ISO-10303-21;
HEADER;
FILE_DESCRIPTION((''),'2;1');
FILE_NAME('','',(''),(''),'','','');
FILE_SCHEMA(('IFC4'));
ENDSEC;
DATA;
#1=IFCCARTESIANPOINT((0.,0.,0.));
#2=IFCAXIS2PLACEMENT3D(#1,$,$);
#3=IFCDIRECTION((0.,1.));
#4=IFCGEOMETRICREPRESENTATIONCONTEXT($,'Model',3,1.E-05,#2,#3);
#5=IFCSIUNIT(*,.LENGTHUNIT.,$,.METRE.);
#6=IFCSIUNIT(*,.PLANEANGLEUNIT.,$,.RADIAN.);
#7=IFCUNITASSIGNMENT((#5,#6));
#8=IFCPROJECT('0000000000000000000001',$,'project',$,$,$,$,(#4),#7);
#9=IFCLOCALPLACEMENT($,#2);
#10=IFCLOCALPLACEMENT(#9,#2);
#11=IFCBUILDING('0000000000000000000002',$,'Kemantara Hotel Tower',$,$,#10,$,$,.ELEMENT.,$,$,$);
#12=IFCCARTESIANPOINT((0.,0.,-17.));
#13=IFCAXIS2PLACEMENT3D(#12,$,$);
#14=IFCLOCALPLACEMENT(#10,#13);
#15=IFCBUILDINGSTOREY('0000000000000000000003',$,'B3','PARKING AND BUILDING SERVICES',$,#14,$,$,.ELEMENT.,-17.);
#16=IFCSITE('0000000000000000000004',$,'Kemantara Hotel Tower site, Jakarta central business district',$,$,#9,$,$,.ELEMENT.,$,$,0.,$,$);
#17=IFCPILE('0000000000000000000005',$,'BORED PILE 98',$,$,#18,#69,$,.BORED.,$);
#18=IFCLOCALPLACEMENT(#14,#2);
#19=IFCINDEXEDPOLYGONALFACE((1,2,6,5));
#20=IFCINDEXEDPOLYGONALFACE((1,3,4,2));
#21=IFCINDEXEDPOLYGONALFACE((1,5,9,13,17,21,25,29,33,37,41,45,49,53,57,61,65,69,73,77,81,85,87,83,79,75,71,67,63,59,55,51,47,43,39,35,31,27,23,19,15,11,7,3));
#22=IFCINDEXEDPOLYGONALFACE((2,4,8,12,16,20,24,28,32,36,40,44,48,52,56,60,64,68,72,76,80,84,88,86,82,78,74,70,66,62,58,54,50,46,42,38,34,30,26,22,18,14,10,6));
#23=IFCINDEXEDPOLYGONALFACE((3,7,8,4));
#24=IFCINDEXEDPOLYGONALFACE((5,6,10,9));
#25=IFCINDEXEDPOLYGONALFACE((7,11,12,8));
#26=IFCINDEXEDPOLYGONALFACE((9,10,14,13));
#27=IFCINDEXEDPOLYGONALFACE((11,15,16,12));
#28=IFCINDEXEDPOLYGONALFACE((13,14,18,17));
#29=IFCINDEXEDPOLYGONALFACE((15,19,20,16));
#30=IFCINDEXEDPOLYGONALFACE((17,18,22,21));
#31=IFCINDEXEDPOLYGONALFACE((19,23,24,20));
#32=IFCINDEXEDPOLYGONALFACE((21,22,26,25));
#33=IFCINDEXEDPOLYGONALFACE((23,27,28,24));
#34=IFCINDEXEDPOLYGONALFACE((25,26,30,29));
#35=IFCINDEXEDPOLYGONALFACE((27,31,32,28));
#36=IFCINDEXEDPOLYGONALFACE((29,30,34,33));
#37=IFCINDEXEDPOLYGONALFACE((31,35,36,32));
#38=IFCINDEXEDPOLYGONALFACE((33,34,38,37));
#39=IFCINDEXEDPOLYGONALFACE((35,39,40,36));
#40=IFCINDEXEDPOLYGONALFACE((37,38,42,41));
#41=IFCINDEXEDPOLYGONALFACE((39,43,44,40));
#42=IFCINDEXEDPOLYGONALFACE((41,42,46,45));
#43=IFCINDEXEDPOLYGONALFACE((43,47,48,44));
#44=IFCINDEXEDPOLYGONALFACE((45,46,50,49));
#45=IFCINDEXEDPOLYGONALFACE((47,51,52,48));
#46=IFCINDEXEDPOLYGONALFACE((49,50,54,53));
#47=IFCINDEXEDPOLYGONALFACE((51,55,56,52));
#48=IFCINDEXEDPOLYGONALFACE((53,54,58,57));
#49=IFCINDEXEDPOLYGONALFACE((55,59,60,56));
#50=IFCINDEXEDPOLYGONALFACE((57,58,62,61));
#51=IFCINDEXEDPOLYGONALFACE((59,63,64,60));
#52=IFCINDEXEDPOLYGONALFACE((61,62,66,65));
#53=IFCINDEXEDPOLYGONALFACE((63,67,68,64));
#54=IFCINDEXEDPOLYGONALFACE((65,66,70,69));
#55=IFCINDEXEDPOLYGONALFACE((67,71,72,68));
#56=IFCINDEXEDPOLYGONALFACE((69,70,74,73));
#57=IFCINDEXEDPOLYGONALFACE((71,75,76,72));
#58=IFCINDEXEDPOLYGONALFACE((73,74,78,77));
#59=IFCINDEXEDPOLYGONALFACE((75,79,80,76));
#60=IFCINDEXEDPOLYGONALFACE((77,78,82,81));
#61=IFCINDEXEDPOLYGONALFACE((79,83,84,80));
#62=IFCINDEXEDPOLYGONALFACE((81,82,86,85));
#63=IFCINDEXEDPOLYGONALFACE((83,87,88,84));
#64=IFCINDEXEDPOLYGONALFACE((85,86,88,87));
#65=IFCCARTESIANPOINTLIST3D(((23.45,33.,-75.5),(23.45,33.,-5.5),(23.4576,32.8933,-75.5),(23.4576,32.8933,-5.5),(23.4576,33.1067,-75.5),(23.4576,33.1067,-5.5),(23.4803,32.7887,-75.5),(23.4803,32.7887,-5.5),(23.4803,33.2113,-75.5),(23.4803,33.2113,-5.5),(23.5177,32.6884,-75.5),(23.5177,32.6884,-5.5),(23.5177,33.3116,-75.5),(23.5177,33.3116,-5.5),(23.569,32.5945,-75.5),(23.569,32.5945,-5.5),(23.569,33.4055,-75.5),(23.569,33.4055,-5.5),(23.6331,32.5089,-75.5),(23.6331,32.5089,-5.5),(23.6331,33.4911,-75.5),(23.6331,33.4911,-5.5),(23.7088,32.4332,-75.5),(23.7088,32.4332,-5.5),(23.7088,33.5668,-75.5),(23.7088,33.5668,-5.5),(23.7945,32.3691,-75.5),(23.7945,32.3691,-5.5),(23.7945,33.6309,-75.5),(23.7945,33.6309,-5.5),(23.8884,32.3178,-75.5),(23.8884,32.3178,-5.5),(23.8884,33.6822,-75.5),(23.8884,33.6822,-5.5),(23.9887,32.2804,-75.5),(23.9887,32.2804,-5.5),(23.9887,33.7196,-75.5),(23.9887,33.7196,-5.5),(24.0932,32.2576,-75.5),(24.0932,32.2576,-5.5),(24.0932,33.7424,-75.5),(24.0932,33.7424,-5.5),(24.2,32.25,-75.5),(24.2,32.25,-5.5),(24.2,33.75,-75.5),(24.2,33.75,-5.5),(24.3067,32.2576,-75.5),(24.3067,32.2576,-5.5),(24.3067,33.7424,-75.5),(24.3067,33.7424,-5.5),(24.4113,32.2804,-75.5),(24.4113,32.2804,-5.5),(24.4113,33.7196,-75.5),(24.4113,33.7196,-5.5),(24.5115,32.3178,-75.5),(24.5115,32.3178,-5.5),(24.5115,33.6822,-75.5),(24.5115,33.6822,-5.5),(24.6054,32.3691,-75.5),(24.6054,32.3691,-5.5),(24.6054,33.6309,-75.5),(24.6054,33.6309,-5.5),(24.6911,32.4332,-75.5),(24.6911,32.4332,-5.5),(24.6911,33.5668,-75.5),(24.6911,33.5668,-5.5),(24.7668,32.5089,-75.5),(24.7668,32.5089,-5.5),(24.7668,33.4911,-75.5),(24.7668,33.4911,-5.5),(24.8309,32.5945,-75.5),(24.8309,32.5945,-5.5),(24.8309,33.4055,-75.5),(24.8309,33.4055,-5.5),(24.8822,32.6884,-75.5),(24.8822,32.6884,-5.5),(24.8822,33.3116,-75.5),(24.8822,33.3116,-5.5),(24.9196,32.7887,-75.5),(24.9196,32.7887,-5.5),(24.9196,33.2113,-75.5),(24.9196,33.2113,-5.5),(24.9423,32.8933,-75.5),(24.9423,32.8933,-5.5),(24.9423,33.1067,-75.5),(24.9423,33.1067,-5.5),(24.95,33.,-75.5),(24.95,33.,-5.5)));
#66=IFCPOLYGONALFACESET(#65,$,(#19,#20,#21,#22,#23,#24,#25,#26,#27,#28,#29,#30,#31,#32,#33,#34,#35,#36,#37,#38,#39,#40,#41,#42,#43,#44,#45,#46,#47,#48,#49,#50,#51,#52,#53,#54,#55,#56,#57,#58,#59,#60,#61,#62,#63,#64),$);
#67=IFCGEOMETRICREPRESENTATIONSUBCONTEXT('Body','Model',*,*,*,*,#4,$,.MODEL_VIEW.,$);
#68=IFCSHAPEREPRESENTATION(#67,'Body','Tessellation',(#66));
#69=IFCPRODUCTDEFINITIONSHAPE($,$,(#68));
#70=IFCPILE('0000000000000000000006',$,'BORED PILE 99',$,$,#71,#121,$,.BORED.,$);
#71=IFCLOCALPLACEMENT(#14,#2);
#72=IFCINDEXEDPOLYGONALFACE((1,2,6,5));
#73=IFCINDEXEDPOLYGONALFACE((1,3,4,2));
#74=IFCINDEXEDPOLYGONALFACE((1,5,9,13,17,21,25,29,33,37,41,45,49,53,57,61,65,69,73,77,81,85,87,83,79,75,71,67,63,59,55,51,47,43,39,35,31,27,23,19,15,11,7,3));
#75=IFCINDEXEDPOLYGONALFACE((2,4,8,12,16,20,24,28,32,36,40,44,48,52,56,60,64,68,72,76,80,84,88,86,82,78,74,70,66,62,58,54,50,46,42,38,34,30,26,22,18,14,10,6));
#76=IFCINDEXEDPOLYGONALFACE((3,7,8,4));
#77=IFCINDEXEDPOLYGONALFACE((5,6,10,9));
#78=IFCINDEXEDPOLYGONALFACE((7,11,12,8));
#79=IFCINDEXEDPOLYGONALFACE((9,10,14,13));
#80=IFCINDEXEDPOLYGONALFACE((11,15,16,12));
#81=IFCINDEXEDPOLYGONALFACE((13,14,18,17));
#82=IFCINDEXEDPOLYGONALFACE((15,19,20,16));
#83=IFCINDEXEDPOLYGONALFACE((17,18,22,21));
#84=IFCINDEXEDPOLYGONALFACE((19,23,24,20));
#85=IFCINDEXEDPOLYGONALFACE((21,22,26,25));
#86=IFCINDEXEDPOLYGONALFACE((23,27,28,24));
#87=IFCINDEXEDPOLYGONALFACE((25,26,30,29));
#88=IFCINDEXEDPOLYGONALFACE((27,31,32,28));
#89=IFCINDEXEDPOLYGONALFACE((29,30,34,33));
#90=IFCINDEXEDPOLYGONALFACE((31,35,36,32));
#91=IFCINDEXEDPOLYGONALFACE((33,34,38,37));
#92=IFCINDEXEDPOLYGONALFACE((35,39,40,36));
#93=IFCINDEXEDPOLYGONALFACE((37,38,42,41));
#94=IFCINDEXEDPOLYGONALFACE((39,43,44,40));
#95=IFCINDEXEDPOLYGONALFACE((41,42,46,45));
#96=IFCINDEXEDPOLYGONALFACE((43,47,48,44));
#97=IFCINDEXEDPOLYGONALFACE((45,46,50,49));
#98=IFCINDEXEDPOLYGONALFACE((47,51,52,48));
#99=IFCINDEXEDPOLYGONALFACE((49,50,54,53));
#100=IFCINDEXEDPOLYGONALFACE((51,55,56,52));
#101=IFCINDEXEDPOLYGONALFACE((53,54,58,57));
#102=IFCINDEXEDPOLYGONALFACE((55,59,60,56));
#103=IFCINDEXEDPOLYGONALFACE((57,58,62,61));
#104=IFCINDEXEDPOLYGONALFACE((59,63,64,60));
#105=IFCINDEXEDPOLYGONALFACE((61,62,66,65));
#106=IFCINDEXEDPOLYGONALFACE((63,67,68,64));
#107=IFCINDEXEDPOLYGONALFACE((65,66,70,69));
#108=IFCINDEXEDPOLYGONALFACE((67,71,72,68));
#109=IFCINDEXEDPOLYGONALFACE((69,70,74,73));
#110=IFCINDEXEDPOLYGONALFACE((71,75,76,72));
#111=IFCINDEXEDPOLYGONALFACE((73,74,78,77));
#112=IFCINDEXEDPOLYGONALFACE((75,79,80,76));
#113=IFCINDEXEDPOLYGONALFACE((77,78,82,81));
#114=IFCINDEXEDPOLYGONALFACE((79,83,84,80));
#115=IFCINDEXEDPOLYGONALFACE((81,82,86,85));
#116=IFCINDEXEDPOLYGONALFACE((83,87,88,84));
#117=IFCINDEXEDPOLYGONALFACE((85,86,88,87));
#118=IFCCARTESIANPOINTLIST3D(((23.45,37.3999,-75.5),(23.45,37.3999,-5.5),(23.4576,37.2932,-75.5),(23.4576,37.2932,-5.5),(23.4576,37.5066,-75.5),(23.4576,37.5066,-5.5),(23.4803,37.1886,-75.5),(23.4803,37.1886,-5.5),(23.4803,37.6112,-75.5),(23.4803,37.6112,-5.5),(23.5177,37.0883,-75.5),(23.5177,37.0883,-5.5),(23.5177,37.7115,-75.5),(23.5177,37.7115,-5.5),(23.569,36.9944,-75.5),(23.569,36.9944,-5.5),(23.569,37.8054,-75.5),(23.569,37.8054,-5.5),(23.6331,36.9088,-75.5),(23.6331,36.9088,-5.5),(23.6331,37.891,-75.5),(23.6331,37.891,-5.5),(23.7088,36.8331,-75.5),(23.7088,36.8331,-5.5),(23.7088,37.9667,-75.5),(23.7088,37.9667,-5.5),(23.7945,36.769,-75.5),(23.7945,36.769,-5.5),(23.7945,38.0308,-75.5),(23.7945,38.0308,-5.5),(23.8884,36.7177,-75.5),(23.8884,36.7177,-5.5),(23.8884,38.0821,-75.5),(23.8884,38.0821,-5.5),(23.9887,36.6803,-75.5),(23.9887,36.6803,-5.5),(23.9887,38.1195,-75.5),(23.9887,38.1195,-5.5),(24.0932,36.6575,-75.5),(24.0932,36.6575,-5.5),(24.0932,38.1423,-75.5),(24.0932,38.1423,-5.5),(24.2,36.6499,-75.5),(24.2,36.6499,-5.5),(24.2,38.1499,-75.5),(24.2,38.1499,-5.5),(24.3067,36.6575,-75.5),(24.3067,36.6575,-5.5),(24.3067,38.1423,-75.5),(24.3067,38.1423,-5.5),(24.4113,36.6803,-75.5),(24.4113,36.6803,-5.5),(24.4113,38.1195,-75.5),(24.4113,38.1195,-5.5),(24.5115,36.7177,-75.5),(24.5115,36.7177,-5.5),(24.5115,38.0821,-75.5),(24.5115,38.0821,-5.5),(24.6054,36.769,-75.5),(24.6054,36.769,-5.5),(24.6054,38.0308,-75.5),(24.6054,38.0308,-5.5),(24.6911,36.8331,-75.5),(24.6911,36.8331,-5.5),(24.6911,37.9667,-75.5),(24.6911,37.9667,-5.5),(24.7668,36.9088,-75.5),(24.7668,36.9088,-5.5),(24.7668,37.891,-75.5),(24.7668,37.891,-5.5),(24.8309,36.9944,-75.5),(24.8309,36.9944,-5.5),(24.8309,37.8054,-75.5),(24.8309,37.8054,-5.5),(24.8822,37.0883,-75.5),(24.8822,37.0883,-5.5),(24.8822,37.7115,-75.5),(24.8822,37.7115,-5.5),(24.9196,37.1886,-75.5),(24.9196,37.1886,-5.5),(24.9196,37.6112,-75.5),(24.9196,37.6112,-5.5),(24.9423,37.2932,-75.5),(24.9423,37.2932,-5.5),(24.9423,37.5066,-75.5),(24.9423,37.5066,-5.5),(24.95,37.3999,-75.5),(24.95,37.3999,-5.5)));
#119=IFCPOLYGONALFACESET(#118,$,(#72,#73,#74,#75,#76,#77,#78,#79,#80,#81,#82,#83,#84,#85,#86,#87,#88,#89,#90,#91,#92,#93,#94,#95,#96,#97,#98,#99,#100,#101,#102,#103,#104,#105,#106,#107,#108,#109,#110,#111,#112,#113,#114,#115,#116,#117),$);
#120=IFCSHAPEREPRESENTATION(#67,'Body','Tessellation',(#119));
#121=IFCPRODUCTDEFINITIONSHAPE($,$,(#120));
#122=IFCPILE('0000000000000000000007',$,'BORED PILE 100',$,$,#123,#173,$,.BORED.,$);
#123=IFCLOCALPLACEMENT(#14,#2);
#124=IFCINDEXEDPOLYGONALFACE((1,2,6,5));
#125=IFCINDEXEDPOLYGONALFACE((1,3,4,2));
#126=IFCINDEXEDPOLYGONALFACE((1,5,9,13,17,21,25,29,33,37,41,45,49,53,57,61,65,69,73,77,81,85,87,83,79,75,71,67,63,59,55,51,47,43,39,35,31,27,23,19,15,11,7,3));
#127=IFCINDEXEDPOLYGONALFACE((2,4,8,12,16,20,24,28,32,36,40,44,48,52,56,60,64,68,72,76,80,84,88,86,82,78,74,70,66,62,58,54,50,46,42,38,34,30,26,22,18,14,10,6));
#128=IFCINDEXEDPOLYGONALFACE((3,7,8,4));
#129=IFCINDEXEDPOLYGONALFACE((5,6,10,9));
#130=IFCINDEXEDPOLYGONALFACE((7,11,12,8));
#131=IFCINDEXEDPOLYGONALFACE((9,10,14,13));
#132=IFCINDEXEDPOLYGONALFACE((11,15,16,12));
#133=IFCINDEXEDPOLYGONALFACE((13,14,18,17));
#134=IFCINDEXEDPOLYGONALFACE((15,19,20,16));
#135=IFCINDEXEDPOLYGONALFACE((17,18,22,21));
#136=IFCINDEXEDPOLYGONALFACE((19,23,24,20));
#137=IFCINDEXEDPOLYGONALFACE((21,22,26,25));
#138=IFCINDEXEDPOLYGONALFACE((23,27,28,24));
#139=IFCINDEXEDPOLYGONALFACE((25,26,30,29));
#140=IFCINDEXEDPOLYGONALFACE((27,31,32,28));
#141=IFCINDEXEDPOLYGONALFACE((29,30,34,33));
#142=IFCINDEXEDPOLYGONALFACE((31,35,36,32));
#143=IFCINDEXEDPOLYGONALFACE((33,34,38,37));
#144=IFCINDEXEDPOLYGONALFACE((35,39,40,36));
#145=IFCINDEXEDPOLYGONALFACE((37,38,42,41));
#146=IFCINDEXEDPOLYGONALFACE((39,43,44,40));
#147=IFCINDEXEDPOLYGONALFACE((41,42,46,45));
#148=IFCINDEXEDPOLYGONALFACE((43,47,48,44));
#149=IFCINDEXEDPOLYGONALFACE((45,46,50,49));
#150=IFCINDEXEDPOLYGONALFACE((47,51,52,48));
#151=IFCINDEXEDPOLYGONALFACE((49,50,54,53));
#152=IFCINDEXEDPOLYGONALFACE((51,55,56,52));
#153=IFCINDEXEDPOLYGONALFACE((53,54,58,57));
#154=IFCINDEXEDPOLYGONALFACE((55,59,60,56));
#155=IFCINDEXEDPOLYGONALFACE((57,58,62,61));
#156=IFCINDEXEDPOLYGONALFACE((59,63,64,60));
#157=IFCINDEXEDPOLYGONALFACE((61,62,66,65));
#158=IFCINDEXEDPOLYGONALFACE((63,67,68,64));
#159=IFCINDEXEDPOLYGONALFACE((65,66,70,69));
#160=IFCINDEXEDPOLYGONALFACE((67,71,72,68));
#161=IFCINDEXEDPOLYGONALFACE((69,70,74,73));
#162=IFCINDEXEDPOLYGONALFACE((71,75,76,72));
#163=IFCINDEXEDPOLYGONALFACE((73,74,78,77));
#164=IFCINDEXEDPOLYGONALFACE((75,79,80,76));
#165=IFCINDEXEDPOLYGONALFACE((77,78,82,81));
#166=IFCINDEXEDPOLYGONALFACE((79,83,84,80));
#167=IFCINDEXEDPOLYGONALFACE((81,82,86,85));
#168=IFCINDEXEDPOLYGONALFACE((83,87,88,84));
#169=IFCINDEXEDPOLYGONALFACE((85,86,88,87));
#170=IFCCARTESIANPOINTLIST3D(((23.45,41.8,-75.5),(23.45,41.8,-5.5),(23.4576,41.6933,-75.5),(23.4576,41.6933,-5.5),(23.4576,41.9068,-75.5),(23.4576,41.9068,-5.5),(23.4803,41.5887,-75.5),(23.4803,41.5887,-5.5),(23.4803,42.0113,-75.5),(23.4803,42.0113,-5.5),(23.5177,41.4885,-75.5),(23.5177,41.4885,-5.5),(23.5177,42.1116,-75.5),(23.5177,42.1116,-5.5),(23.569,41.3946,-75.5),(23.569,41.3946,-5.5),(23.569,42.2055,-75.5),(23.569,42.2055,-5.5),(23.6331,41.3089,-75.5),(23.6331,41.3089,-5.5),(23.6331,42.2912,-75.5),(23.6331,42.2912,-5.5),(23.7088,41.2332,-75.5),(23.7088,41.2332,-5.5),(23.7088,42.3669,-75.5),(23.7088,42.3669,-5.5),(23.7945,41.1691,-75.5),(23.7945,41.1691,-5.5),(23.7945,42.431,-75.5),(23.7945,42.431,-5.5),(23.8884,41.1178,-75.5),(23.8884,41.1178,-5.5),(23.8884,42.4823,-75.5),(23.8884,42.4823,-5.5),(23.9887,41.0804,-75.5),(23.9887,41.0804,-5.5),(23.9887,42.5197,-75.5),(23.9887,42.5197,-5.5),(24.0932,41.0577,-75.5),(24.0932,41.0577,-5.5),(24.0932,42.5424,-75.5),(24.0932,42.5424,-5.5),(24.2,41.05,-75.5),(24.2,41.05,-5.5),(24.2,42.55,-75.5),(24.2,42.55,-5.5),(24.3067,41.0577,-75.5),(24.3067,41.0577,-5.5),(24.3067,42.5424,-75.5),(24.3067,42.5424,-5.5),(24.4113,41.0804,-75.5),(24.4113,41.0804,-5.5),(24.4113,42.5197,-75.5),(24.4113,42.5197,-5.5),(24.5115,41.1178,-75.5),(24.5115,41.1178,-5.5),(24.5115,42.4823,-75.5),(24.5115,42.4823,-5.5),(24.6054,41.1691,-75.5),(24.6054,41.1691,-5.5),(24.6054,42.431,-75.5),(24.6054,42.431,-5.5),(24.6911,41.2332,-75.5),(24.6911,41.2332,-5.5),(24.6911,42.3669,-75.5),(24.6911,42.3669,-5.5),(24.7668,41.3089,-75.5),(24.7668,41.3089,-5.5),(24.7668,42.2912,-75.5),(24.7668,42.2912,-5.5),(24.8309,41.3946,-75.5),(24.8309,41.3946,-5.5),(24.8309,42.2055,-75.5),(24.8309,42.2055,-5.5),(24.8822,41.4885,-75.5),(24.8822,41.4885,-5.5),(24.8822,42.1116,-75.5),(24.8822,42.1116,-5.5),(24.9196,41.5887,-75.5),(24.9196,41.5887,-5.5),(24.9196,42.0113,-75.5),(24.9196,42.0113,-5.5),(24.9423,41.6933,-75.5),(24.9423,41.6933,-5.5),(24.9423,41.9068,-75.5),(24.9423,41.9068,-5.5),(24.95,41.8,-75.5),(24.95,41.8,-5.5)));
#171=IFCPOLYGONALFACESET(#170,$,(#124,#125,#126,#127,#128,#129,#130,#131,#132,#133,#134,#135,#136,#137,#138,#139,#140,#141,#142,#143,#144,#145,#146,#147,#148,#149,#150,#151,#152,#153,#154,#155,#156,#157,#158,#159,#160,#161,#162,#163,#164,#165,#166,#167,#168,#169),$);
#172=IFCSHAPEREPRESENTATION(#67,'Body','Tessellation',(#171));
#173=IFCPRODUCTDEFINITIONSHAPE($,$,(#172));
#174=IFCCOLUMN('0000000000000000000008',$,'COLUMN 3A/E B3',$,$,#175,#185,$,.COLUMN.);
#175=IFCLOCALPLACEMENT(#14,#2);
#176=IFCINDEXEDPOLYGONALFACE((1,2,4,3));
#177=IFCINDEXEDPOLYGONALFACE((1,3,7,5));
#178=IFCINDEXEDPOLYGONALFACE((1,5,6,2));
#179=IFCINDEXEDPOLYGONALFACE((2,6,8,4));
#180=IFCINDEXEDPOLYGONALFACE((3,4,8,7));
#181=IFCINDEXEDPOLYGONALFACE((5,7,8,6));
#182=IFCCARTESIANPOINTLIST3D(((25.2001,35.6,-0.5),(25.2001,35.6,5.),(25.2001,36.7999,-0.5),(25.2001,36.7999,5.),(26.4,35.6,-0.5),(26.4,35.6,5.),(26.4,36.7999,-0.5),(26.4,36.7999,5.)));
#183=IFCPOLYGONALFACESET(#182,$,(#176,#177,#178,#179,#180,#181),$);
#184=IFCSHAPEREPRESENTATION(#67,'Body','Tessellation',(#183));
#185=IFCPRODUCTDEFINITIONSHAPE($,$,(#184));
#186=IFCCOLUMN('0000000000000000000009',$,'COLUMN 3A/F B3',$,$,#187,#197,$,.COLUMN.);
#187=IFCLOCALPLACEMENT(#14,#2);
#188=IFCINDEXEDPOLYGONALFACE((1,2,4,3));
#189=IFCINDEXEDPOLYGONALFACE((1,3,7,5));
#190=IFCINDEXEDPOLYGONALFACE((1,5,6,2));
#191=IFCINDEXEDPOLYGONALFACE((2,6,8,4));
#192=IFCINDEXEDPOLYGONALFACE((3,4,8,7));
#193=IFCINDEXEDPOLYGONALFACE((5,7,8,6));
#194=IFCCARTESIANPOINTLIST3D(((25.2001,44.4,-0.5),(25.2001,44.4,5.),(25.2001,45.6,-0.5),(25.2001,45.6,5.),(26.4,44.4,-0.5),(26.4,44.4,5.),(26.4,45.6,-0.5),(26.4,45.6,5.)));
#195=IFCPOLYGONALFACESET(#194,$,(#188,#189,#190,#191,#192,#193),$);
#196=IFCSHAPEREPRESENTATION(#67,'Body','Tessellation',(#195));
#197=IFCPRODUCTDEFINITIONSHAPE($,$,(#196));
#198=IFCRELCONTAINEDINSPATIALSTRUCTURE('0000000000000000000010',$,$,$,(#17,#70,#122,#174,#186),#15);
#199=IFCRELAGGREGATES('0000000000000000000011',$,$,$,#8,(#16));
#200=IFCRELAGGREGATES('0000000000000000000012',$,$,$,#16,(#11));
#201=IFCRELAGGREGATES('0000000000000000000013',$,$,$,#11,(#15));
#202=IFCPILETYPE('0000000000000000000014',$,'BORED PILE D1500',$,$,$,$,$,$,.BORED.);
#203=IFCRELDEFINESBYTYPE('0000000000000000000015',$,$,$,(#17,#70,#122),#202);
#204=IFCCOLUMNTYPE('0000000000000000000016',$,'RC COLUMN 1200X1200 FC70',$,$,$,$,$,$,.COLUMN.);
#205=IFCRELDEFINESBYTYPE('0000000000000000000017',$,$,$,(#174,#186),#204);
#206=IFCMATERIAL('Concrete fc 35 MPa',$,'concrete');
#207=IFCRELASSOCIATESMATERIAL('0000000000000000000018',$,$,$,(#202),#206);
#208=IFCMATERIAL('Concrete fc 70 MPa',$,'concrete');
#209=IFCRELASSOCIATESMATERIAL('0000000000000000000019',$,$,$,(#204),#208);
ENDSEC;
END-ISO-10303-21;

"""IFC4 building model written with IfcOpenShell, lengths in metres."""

from ifc_helpers import new_model, si_unit, direction, frame, origin, origin_2d, place, context, subcontext, project, spatial, rectangle, circle, extrude, material, material_profile, profile_set, type_object, element, save


model = new_model("IFC4")

# Units and contexts
model_context = context("Model", 3, precision=1e-05, world=origin(), true_north=direction((0.0, 1.0)))
body_context = subcontext(model_context, "Body", "Model", "MODEL_VIEW")
ifc_project = project(units=[si_unit("LENGTHUNIT", "METRE"), si_unit("PLANEANGLEUNIT", "RADIAN")], contexts=[model_context])

# Site, building, storey
site_placement = place(None, origin())
site = spatial("IfcSite", under=ifc_project, at=site_placement, Name="Kemantara Hotel Tower site, Jakarta central business district", CompositionType="ELEMENT", RefElevation=0.0)
building_placement = place(site_placement, origin())
building = spatial("IfcBuilding", under=site, at=building_placement, Name="Kemantara Hotel Tower", CompositionType="ELEMENT")
storey_placement = place(building_placement, frame((0.0, 0.0, -17.0)))
storey = spatial("IfcBuildingStorey", under=building, at=storey_placement, Name="B3", Description="PARKING AND BUILDING SERVICES", CompositionType="ELEMENT", Elevation=-17.0)

# Piles
ifc_material_1 = material(Name="Concrete fc 35 MPa", Category="concrete")
ifc_material_profile_1 = material_profile(ifc_material_1, circle(Radius=0.75, at=origin_2d()), Name="BORED PILE D1500")
ifc_profile_set_1 = profile_set([ifc_material_profile_1], Name="Concrete fc 35 MPa")
pile_type = type_object("IfcPileType", Name="BORED PILE D1500", PredefinedType="BORED", material=ifc_profile_set_1)
for number, where, z_axis, x_axis, name in (
    (1, (24.2, 33.0, -5.5), (0.0, 0.0, -1.0), (1.0, 0.0, 0.0), "BORED PILE 98"),
    (2, (24.2, 37.3999, -5.5), (0.0, 0.0, -1.0), (1.0, 0.0, 0.0), "BORED PILE 99"),
    (3, (24.2, 41.8, -5.5), (0.0, 0.0, -1.0), (1.0, 0.0, 0.0), "BORED PILE 100"),
):
    element("IfcPile", number, at=place(storey_placement, frame(where, z_axis=z_axis, x_axis=x_axis)), inside=storey, type_object=pile_type, Name=name, PredefinedType="BORED", context=body_context, shape_type="SweptSolid", body=[
        extrude(circle(Radius=0.75, at=origin_2d()), origin(), (0.0, 0.0, 1.0), 70.0),
    ])

# Columns
ifc_material_2 = material(Name="Concrete fc 70 MPa", Category="concrete")
ifc_material_profile_2 = material_profile(ifc_material_2, rectangle(XDim=1.2, YDim=1.2, at=origin_2d()), Name="RC 1200X1200")
ifc_profile_set_2 = profile_set([ifc_material_profile_2], Name="Concrete fc 70 MPa")
column_type_1 = type_object("IfcColumnType", Name="RC COLUMN 1200X1200 FC70", PredefinedType="COLUMN", material=ifc_profile_set_2)
for number, where, z_axis, x_axis, name in (
    (4, (25.8, 36.2, -0.5), (0.0, 0.0, 1.0), (1.0, 0.0, 0.0), "COLUMN 3A/E B3"),
    (5, (25.8, 45.0, -0.5), (0.0, 0.0, 1.0), (1.0, 0.0, 0.0), "COLUMN 3A/F B3"),
):
    element("IfcColumn", number, at=place(storey_placement, frame(where, z_axis=z_axis, x_axis=x_axis)), inside=storey, type_object=column_type_1, Name=name, PredefinedType="COLUMN", context=body_context, shape_type="SweptSolid", body=[
        extrude(rectangle(XDim=1.2, YDim=1.2, at=origin_2d()), origin(), (0.0, 0.0, 1.0), 5.5),
    ])

save(model, "model.ifc")
